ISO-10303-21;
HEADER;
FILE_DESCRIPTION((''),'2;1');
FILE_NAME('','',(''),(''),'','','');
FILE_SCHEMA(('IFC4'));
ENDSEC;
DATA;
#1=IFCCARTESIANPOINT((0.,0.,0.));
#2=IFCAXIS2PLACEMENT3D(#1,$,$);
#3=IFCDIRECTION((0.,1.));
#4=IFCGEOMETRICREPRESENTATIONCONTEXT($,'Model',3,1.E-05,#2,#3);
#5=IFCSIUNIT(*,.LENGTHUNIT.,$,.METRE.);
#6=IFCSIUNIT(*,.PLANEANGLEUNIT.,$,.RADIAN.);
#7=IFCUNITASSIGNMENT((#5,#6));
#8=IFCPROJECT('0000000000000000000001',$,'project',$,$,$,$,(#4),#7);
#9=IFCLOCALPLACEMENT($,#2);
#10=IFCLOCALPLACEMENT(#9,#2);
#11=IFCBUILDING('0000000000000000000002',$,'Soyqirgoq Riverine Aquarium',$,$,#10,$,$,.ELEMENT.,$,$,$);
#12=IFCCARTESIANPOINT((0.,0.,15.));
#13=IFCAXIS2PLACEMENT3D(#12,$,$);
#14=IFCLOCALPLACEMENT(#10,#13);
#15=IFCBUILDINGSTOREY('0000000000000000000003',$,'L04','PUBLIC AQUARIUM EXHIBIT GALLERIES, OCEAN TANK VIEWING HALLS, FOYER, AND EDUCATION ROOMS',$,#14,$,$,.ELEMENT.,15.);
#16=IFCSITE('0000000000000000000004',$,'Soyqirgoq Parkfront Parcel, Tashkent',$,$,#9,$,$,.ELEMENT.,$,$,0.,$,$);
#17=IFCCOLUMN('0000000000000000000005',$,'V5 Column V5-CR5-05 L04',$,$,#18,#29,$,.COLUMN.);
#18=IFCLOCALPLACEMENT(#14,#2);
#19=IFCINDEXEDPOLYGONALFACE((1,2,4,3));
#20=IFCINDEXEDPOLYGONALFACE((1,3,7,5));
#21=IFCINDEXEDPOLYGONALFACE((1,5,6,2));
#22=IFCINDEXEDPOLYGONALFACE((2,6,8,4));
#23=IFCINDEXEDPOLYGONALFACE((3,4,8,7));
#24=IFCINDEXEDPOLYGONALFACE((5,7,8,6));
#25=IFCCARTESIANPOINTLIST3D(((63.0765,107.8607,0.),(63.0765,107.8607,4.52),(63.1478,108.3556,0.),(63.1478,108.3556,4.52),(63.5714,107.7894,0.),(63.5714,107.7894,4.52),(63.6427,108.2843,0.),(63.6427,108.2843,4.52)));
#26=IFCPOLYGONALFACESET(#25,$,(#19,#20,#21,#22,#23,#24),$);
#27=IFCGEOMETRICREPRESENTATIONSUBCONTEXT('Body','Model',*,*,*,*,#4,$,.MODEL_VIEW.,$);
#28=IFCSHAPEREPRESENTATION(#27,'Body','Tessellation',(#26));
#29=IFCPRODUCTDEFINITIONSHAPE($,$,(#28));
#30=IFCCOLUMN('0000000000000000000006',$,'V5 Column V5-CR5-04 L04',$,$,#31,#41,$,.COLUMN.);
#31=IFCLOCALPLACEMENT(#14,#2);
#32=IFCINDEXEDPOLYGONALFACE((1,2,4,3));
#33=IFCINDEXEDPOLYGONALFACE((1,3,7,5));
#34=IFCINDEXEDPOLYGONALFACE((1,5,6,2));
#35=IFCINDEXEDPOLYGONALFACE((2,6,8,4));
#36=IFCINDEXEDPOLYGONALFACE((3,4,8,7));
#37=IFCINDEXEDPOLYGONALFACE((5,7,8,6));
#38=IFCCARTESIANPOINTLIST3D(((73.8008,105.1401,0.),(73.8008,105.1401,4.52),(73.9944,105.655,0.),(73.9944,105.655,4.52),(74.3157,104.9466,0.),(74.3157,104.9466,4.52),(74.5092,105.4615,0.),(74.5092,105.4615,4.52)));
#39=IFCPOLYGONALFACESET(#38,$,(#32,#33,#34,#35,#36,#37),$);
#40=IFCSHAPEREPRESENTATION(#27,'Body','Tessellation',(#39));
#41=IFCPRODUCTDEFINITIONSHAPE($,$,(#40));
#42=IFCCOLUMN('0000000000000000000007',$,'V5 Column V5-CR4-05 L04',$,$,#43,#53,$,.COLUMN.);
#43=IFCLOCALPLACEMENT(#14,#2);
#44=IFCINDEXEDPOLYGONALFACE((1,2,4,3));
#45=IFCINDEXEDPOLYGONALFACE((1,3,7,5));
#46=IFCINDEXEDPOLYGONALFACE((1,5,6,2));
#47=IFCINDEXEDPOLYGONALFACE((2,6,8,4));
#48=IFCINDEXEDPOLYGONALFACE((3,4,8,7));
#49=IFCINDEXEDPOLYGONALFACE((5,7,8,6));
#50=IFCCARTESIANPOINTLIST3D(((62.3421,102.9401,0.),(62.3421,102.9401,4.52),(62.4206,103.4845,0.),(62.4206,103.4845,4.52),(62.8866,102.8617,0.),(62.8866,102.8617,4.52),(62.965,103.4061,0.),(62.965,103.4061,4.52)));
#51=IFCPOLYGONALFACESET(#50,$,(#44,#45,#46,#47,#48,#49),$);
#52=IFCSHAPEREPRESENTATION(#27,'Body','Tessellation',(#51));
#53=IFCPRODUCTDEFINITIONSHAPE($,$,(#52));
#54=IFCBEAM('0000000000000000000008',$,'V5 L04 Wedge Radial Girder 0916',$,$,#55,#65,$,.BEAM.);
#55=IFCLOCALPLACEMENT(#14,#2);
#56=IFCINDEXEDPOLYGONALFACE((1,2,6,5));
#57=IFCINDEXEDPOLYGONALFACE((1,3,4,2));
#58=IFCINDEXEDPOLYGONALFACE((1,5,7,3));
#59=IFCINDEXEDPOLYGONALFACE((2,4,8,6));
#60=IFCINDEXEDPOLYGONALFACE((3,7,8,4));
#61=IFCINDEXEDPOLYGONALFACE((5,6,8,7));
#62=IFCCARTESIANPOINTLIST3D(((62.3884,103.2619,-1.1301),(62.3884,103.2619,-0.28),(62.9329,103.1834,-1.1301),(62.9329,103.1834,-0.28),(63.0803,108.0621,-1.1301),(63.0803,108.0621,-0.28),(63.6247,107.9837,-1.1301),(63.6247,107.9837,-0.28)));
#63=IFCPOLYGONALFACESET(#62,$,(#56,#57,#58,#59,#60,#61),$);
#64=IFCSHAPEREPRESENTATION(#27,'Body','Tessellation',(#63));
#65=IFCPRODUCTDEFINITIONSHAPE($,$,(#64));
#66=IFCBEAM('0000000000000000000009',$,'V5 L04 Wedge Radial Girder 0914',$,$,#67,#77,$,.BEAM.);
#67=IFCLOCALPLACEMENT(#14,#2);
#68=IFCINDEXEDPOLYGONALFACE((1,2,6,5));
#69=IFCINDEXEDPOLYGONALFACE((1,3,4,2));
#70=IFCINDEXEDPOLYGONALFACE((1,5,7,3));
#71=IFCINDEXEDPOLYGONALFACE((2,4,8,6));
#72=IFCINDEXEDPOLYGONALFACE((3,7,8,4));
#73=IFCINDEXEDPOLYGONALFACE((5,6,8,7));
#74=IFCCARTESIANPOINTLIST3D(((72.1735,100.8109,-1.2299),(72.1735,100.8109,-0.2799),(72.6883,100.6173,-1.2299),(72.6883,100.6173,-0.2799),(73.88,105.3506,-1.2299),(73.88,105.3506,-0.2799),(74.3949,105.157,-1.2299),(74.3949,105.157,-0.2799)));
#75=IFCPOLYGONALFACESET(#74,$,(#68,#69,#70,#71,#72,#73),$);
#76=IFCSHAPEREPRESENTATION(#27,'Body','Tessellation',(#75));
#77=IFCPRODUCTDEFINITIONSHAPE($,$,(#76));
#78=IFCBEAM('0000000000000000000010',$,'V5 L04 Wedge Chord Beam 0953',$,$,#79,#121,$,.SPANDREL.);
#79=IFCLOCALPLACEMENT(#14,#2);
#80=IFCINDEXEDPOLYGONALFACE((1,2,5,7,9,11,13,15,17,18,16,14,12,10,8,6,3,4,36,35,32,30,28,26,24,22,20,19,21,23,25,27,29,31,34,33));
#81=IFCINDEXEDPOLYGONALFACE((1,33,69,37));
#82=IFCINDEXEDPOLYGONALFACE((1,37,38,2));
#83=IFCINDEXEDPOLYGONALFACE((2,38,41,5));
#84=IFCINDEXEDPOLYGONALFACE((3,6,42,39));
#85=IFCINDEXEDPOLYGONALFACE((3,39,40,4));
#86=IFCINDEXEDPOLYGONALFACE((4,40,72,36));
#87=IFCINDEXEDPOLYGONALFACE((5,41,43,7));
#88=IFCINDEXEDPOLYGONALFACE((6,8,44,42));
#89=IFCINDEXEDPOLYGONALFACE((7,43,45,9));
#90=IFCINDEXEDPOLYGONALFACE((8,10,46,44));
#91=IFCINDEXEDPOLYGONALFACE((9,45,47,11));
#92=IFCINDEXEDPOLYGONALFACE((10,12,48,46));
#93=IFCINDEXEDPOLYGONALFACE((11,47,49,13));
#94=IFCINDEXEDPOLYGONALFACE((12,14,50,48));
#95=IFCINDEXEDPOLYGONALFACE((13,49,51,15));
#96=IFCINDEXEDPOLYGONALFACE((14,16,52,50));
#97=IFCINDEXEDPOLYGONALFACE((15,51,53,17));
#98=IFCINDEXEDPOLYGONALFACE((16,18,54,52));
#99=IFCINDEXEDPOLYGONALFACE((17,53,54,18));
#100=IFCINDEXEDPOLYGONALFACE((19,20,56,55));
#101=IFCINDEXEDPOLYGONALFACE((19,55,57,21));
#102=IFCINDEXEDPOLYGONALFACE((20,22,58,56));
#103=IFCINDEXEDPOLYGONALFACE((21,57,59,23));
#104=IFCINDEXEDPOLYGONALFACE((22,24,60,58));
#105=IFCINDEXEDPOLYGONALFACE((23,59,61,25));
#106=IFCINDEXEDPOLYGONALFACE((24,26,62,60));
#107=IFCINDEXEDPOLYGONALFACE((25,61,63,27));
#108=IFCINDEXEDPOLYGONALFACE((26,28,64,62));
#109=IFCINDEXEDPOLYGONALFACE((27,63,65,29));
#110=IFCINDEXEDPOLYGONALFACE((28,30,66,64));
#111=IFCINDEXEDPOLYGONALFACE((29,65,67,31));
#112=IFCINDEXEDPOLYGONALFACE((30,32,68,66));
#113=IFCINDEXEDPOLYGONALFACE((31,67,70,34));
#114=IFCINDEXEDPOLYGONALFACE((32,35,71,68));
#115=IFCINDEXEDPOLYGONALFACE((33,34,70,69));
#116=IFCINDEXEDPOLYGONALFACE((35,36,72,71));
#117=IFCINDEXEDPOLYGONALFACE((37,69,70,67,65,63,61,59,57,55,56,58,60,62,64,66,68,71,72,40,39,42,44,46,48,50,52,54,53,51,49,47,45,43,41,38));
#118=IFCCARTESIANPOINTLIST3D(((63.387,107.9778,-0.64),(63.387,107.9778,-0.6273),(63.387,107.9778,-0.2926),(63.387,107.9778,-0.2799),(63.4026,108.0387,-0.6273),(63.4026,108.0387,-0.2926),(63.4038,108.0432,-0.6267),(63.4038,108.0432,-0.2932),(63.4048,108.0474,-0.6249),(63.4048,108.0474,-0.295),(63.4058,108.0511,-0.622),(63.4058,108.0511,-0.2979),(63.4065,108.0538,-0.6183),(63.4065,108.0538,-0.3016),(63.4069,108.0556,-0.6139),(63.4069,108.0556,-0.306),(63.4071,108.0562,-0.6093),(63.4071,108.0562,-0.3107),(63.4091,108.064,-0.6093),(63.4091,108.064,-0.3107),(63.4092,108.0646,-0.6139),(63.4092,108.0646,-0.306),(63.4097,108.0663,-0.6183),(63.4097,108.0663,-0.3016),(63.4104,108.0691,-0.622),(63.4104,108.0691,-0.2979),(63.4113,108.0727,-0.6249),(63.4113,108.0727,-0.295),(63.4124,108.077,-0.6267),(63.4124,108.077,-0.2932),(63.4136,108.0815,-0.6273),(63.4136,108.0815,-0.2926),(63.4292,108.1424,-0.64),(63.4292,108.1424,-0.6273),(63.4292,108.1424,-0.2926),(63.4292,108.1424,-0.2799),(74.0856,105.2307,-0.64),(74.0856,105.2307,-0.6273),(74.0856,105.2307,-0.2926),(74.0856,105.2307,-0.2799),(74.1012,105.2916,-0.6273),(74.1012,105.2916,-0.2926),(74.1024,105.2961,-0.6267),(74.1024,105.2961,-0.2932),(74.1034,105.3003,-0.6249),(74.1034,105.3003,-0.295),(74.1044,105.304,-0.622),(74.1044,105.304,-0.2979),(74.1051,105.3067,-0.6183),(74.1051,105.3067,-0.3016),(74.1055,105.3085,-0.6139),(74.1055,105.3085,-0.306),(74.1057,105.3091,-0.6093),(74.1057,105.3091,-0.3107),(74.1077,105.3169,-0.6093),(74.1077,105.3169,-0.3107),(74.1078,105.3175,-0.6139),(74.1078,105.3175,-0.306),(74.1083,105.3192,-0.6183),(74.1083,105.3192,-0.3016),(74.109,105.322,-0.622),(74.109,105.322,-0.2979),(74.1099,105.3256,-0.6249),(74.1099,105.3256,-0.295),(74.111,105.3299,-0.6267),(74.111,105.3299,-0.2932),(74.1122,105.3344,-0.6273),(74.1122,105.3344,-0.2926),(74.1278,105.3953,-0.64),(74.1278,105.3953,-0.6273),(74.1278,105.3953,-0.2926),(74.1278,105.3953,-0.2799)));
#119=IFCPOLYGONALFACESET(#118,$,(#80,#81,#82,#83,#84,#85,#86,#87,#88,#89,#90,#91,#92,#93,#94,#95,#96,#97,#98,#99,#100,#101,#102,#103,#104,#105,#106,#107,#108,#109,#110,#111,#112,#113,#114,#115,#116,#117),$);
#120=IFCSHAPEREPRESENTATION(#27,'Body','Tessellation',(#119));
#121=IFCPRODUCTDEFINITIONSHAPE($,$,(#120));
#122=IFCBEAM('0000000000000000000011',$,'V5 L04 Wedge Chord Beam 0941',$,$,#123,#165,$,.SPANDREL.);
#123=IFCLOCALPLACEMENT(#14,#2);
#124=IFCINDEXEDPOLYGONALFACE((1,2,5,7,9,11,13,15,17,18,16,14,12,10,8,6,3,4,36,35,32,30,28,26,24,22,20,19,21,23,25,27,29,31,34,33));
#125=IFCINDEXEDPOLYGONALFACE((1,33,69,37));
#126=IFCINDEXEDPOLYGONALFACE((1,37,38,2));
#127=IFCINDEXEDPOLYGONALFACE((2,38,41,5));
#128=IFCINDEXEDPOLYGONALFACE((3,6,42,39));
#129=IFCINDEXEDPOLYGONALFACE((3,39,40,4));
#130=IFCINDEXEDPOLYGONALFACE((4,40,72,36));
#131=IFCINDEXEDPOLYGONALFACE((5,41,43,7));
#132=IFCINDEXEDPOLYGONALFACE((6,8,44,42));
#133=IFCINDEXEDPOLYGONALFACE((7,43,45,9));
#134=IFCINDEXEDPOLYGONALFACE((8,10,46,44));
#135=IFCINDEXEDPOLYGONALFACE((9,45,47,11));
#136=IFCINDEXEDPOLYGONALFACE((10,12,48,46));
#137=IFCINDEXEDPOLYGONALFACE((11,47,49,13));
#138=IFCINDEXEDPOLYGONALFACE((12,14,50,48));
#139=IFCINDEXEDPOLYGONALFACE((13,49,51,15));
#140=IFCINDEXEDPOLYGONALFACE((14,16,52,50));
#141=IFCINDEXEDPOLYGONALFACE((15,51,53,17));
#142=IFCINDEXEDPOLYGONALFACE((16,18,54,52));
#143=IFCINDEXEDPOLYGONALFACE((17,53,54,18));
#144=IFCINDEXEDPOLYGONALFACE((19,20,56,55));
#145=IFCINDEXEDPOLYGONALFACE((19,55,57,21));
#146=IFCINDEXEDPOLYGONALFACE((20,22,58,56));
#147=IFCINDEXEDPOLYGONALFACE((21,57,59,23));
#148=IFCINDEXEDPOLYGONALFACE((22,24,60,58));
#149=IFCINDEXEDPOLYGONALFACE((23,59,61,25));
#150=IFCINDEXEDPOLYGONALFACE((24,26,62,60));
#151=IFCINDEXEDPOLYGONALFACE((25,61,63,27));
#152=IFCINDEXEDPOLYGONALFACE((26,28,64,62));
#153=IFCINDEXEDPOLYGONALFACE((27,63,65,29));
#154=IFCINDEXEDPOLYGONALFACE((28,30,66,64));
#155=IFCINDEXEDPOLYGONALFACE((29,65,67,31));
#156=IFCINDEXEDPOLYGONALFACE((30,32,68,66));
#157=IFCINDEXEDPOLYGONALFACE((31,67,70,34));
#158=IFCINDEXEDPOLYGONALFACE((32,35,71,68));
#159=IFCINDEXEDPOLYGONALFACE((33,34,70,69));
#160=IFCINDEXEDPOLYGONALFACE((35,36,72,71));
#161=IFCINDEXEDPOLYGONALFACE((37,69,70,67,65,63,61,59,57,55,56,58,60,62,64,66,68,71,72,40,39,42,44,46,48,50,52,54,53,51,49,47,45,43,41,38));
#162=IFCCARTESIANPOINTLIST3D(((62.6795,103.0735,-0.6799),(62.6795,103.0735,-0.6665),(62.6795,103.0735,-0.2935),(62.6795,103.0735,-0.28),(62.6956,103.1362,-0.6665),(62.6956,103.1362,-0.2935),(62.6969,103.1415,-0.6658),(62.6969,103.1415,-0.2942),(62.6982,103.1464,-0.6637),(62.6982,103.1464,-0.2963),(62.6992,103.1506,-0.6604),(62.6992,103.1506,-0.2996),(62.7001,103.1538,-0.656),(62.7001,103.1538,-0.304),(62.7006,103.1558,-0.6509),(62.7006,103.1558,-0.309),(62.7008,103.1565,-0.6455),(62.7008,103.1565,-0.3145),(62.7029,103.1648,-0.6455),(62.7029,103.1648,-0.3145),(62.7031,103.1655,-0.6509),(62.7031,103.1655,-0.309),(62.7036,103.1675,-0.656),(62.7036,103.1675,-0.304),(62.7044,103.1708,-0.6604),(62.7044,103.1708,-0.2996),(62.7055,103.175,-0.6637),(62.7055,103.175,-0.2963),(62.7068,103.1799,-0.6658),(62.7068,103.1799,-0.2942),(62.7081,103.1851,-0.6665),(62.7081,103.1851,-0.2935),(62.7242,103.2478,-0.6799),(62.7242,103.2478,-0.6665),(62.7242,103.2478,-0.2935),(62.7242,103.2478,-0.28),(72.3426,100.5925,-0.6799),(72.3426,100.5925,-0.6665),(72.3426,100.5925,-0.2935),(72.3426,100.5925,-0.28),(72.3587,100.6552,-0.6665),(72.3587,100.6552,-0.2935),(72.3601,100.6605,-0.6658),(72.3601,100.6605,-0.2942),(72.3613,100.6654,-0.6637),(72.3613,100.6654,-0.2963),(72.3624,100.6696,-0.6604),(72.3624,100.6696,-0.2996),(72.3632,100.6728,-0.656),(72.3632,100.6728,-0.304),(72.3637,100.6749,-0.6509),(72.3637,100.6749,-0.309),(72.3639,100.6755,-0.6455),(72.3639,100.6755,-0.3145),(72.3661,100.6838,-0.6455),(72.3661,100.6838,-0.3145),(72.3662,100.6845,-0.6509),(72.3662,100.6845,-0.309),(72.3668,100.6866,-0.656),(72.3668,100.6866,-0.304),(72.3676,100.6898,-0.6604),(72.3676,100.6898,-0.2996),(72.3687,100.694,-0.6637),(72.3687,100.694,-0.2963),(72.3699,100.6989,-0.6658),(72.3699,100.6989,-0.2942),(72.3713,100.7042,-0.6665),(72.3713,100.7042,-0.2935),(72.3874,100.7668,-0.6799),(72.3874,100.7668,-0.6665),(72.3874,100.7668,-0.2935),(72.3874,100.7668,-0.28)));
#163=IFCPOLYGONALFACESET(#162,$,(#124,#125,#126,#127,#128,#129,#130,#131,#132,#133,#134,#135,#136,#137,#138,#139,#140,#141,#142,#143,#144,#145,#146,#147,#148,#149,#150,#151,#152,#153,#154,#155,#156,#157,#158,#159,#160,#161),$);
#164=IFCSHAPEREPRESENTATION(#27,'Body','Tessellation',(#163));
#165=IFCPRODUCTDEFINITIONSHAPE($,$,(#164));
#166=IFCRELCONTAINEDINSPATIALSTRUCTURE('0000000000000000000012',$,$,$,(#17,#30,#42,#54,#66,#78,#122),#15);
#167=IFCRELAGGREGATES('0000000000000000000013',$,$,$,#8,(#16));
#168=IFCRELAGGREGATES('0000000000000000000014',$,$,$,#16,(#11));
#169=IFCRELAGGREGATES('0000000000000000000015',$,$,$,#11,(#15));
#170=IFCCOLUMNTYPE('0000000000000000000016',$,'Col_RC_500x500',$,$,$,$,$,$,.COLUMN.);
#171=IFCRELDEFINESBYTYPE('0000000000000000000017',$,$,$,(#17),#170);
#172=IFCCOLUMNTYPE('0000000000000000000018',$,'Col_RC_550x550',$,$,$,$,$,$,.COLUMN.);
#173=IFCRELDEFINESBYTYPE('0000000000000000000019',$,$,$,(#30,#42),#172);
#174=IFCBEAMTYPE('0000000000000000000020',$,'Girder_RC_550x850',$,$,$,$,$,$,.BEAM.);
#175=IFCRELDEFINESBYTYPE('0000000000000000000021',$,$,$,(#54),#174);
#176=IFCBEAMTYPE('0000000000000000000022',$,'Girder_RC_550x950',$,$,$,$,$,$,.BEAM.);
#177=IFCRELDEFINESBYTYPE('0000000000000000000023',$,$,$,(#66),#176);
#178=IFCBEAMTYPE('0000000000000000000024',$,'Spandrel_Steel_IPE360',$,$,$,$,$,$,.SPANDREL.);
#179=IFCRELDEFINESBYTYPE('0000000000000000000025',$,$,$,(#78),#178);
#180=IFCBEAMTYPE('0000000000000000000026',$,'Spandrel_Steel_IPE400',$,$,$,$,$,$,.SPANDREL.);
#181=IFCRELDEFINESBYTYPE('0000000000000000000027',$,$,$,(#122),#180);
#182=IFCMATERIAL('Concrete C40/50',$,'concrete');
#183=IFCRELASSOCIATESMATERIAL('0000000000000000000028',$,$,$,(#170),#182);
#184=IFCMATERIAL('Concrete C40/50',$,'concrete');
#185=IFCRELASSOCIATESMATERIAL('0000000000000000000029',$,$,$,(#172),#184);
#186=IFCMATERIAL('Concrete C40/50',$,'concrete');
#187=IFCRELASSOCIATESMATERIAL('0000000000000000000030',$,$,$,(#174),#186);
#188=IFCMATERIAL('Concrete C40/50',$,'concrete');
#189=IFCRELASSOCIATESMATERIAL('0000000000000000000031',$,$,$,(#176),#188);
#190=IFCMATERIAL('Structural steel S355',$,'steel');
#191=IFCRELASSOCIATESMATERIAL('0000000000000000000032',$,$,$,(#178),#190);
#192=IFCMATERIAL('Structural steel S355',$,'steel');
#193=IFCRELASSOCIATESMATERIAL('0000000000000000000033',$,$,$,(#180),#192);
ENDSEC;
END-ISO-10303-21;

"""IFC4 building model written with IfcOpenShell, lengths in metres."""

from ifc_helpers import new_model, si_unit, direction, frame, origin, origin_2d, place, context, subcontext, project, spatial, rectangle, i_section, extrude, material, material_profile, profile_set, type_object, element, save


model = new_model("IFC4")

# Units and contexts
model_context = context("Model", 3, precision=1e-05, world=origin(), true_north=direction((0.0, 1.0)))
body_context = subcontext(model_context, "Body", "Model", "MODEL_VIEW")
ifc_project = project(units=[si_unit("LENGTHUNIT", "METRE"), si_unit("PLANEANGLEUNIT", "RADIAN")], contexts=[model_context])

# Site, building, storey
site_placement = place(None, origin())
site = spatial("IfcSite", under=ifc_project, at=site_placement, Name="Soyqirgoq Parkfront Parcel, Tashkent", CompositionType="ELEMENT", RefElevation=0.0)
building_placement = place(site_placement, origin())
building = spatial("IfcBuilding", under=site, at=building_placement, Name="Soyqirgoq Riverine Aquarium", CompositionType="ELEMENT")
storey_placement = place(building_placement, frame((0.0, 0.0, 15.0)))
storey = spatial("IfcBuildingStorey", under=building, at=storey_placement, Name="L04", Description="PUBLIC AQUARIUM EXHIBIT GALLERIES, OCEAN TANK VIEWING HALLS, FOYER, AND EDUCATION ROOMS", CompositionType="ELEMENT", Elevation=15.0)

# Columns
ifc_material_1 = material(Name="Concrete C40/50", Category="concrete")
ifc_material_profile_1 = material_profile(ifc_material_1, rectangle(XDim=0.5, YDim=0.5, at=origin_2d()), Name="RC 500x500")
ifc_profile_set_1 = profile_set([ifc_material_profile_1], Name="Concrete C40/50")
column_type_1 = type_object("IfcColumnType", Name="Col_RC_500x500", PredefinedType="COLUMN", material=ifc_profile_set_1)
column_placement = place(storey_placement, frame((63.3596, 108.0725, 0.0), z_axis=(0.0, 0.0, 1.0), x_axis=(0.142629, 0.989776, 0.0)))
element("IfcColumn", 1, at=column_placement, inside=storey, type_object=column_type_1, Name="V5 Column V5-CR5-05 L04", PredefinedType="COLUMN", context=body_context, shape_type="SweptSolid", body=[
    extrude(rectangle(XDim=0.5, YDim=0.5, at=origin_2d()), origin(), (0.0, 0.0, 1.0), 4.52),
])
ifc_material_2 = material(Name="Concrete C40/50", Category="concrete")
ifc_material_profile_2 = material_profile(ifc_material_2, rectangle(XDim=0.55, YDim=0.55, at=origin_2d()), Name="RC 550x550")
ifc_profile_set_2 = profile_set([ifc_material_profile_2], Name="Concrete C40/50")
column_type_2 = type_object("IfcColumnType", Name="Col_RC_550x550", PredefinedType="COLUMN", material=ifc_profile_set_2)
for number, where, z_axis, x_axis, name in (
    (2, (74.155, 105.3008, 0.0), (0.0, 0.0, 1.0), (0.351842, 0.93606, 0.0), "V5 Column V5-CR5-04 L04"),
    (3, (62.6536, 103.1731, 0.0), (0.0, 0.0, 1.0), (0.142629, 0.989776, 0.0), "V5 Column V5-CR4-05 L04"),
):
    element("IfcColumn", number, at=place(storey_placement, frame(where, z_axis=z_axis, x_axis=x_axis)), inside=storey, type_object=column_type_2, Name=name, PredefinedType="COLUMN", context=body_context, shape_type="SweptSolid", body=[
        extrude(rectangle(XDim=0.55, YDim=0.55, at=origin_2d()), origin(), (0.0, 0.0, 1.0), 4.52),
    ])

# Beams
ifc_material_3 = material(Name="Concrete C40/50", Category="concrete")
ifc_material_profile_3 = material_profile(ifc_material_3, rectangle(XDim=0.55, YDim=0.8501, at=origin_2d()), Name="RC 550x850")
ifc_profile_set_3 = profile_set([ifc_material_profile_3], Name="Concrete C40/50")
beam_type_1 = type_object("IfcBeamType", Name="Girder_RC_550x850", PredefinedType="BEAM", material=ifc_profile_set_3)
beam_1_placement = place(storey_placement, frame((62.6606, 103.2227, -0.7051), z_axis=(0.142662, 0.989772, 0.0), x_axis=(-0.989772, 0.142662, 0.0)))
element("IfcBeam", 4, at=beam_1_placement, inside=storey, type_object=beam_type_1, Name="V5 L04 Wedge Radial Girder 0916", PredefinedType="BEAM", context=body_context, shape_type="SweptSolid", body=[
    extrude(rectangle(XDim=0.55, YDim=0.8501, at=origin_2d()), origin(), (0.0, 0.0, 1.0), 4.8499),
])
ifc_material_4 = material(Name="Concrete C40/50", Category="concrete")
ifc_material_profile_4 = material_profile(ifc_material_4, rectangle(XDim=0.55, YDim=0.95, at=origin_2d()), Name="RC 550x950")
ifc_profile_set_4 = profile_set([ifc_material_profile_4], Name="Concrete C40/50")
beam_type_2 = type_object("IfcBeamType", Name="Girder_RC_550x950", PredefinedType="BEAM", material=ifc_profile_set_4)
beam_2_placement = place(storey_placement, frame((72.4309, 100.7141, -0.7549), z_axis=(0.351868, 0.93605, 0.0), x_axis=(-0.93605, 0.351868, 0.0)))
element("IfcBeam", 5, at=beam_2_placement, inside=storey, type_object=beam_type_2, Name="V5 L04 Wedge Radial Girder 0914", PredefinedType="BEAM", context=body_context, shape_type="SweptSolid", body=[
    extrude(rectangle(XDim=0.55, YDim=0.95, at=origin_2d()), origin(), (0.0, 0.0, 1.0), 4.8499),
])
ifc_material_5 = material(Name="Structural steel S355", Category="steel")
ifc_material_profile_5 = material_profile(ifc_material_5, i_section(OverallWidth=0.1699, OverallDepth=0.3601, WebThickness=0.0081, FlangeThickness=0.0127, FilletRadius=0.0181, at=origin_2d()), Name="IPE 360")
ifc_profile_set_5 = profile_set([ifc_material_profile_5], Name="Structural steel S355")
beam_type_3 = type_object("IfcBeamType", Name="Spandrel_Steel_IPE360", PredefinedType="SPANDREL", material=ifc_profile_set_5)
beam_3_placement = place(storey_placement, frame((74.1067, 105.313, -0.46), z_axis=(-0.96858, 0.248704, 0.0), x_axis=(-0.248704, -0.96858, 0.0)))
element("IfcBeam", 6, at=beam_3_placement, inside=storey, type_object=beam_type_3, Name="V5 L04 Wedge Chord Beam 0953", PredefinedType="SPANDREL", context=body_context, shape_type="SweptSolid", body=[
    extrude(i_section(OverallWidth=0.1699, OverallDepth=0.3601, WebThickness=0.0081, FlangeThickness=0.0127, FilletRadius=0.0181, at=origin_2d()), origin(), (0.0, 0.0, 1.0), 11.0457),
])
ifc_material_6 = material(Name="Structural steel S355", Category="steel")
ifc_material_profile_6 = material_profile(ifc_material_6, i_section(OverallWidth=0.1799, OverallDepth=0.3999, WebThickness=0.0085, FlangeThickness=0.0134, FilletRadius=0.021, at=origin_2d()), Name="IPE 400")
ifc_profile_set_6 = profile_set([ifc_material_profile_6], Name="Structural steel S355")
beam_type_4 = type_object("IfcBeamType", Name="Spandrel_Steel_IPE400", PredefinedType="SPANDREL", material=ifc_profile_set_6)
beam_4_placement = place(storey_placement, frame((72.365, 100.6797, -0.48), z_axis=(-0.968586, 0.24868, 0.0), x_axis=(-0.24868, -0.968586, 0.0)))
element("IfcBeam", 7, at=beam_4_placement, inside=storey, type_object=beam_type_4, Name="V5 L04 Wedge Chord Beam 0941", PredefinedType="SPANDREL", context=body_context, shape_type="SweptSolid", body=[
    extrude(i_section(OverallWidth=0.1799, OverallDepth=0.3999, WebThickness=0.0085, FlangeThickness=0.0134, FilletRadius=0.021, at=origin_2d()), origin(), (0.0, 0.0, 1.0), 9.9766),
])

save(model, "model.ifc")
